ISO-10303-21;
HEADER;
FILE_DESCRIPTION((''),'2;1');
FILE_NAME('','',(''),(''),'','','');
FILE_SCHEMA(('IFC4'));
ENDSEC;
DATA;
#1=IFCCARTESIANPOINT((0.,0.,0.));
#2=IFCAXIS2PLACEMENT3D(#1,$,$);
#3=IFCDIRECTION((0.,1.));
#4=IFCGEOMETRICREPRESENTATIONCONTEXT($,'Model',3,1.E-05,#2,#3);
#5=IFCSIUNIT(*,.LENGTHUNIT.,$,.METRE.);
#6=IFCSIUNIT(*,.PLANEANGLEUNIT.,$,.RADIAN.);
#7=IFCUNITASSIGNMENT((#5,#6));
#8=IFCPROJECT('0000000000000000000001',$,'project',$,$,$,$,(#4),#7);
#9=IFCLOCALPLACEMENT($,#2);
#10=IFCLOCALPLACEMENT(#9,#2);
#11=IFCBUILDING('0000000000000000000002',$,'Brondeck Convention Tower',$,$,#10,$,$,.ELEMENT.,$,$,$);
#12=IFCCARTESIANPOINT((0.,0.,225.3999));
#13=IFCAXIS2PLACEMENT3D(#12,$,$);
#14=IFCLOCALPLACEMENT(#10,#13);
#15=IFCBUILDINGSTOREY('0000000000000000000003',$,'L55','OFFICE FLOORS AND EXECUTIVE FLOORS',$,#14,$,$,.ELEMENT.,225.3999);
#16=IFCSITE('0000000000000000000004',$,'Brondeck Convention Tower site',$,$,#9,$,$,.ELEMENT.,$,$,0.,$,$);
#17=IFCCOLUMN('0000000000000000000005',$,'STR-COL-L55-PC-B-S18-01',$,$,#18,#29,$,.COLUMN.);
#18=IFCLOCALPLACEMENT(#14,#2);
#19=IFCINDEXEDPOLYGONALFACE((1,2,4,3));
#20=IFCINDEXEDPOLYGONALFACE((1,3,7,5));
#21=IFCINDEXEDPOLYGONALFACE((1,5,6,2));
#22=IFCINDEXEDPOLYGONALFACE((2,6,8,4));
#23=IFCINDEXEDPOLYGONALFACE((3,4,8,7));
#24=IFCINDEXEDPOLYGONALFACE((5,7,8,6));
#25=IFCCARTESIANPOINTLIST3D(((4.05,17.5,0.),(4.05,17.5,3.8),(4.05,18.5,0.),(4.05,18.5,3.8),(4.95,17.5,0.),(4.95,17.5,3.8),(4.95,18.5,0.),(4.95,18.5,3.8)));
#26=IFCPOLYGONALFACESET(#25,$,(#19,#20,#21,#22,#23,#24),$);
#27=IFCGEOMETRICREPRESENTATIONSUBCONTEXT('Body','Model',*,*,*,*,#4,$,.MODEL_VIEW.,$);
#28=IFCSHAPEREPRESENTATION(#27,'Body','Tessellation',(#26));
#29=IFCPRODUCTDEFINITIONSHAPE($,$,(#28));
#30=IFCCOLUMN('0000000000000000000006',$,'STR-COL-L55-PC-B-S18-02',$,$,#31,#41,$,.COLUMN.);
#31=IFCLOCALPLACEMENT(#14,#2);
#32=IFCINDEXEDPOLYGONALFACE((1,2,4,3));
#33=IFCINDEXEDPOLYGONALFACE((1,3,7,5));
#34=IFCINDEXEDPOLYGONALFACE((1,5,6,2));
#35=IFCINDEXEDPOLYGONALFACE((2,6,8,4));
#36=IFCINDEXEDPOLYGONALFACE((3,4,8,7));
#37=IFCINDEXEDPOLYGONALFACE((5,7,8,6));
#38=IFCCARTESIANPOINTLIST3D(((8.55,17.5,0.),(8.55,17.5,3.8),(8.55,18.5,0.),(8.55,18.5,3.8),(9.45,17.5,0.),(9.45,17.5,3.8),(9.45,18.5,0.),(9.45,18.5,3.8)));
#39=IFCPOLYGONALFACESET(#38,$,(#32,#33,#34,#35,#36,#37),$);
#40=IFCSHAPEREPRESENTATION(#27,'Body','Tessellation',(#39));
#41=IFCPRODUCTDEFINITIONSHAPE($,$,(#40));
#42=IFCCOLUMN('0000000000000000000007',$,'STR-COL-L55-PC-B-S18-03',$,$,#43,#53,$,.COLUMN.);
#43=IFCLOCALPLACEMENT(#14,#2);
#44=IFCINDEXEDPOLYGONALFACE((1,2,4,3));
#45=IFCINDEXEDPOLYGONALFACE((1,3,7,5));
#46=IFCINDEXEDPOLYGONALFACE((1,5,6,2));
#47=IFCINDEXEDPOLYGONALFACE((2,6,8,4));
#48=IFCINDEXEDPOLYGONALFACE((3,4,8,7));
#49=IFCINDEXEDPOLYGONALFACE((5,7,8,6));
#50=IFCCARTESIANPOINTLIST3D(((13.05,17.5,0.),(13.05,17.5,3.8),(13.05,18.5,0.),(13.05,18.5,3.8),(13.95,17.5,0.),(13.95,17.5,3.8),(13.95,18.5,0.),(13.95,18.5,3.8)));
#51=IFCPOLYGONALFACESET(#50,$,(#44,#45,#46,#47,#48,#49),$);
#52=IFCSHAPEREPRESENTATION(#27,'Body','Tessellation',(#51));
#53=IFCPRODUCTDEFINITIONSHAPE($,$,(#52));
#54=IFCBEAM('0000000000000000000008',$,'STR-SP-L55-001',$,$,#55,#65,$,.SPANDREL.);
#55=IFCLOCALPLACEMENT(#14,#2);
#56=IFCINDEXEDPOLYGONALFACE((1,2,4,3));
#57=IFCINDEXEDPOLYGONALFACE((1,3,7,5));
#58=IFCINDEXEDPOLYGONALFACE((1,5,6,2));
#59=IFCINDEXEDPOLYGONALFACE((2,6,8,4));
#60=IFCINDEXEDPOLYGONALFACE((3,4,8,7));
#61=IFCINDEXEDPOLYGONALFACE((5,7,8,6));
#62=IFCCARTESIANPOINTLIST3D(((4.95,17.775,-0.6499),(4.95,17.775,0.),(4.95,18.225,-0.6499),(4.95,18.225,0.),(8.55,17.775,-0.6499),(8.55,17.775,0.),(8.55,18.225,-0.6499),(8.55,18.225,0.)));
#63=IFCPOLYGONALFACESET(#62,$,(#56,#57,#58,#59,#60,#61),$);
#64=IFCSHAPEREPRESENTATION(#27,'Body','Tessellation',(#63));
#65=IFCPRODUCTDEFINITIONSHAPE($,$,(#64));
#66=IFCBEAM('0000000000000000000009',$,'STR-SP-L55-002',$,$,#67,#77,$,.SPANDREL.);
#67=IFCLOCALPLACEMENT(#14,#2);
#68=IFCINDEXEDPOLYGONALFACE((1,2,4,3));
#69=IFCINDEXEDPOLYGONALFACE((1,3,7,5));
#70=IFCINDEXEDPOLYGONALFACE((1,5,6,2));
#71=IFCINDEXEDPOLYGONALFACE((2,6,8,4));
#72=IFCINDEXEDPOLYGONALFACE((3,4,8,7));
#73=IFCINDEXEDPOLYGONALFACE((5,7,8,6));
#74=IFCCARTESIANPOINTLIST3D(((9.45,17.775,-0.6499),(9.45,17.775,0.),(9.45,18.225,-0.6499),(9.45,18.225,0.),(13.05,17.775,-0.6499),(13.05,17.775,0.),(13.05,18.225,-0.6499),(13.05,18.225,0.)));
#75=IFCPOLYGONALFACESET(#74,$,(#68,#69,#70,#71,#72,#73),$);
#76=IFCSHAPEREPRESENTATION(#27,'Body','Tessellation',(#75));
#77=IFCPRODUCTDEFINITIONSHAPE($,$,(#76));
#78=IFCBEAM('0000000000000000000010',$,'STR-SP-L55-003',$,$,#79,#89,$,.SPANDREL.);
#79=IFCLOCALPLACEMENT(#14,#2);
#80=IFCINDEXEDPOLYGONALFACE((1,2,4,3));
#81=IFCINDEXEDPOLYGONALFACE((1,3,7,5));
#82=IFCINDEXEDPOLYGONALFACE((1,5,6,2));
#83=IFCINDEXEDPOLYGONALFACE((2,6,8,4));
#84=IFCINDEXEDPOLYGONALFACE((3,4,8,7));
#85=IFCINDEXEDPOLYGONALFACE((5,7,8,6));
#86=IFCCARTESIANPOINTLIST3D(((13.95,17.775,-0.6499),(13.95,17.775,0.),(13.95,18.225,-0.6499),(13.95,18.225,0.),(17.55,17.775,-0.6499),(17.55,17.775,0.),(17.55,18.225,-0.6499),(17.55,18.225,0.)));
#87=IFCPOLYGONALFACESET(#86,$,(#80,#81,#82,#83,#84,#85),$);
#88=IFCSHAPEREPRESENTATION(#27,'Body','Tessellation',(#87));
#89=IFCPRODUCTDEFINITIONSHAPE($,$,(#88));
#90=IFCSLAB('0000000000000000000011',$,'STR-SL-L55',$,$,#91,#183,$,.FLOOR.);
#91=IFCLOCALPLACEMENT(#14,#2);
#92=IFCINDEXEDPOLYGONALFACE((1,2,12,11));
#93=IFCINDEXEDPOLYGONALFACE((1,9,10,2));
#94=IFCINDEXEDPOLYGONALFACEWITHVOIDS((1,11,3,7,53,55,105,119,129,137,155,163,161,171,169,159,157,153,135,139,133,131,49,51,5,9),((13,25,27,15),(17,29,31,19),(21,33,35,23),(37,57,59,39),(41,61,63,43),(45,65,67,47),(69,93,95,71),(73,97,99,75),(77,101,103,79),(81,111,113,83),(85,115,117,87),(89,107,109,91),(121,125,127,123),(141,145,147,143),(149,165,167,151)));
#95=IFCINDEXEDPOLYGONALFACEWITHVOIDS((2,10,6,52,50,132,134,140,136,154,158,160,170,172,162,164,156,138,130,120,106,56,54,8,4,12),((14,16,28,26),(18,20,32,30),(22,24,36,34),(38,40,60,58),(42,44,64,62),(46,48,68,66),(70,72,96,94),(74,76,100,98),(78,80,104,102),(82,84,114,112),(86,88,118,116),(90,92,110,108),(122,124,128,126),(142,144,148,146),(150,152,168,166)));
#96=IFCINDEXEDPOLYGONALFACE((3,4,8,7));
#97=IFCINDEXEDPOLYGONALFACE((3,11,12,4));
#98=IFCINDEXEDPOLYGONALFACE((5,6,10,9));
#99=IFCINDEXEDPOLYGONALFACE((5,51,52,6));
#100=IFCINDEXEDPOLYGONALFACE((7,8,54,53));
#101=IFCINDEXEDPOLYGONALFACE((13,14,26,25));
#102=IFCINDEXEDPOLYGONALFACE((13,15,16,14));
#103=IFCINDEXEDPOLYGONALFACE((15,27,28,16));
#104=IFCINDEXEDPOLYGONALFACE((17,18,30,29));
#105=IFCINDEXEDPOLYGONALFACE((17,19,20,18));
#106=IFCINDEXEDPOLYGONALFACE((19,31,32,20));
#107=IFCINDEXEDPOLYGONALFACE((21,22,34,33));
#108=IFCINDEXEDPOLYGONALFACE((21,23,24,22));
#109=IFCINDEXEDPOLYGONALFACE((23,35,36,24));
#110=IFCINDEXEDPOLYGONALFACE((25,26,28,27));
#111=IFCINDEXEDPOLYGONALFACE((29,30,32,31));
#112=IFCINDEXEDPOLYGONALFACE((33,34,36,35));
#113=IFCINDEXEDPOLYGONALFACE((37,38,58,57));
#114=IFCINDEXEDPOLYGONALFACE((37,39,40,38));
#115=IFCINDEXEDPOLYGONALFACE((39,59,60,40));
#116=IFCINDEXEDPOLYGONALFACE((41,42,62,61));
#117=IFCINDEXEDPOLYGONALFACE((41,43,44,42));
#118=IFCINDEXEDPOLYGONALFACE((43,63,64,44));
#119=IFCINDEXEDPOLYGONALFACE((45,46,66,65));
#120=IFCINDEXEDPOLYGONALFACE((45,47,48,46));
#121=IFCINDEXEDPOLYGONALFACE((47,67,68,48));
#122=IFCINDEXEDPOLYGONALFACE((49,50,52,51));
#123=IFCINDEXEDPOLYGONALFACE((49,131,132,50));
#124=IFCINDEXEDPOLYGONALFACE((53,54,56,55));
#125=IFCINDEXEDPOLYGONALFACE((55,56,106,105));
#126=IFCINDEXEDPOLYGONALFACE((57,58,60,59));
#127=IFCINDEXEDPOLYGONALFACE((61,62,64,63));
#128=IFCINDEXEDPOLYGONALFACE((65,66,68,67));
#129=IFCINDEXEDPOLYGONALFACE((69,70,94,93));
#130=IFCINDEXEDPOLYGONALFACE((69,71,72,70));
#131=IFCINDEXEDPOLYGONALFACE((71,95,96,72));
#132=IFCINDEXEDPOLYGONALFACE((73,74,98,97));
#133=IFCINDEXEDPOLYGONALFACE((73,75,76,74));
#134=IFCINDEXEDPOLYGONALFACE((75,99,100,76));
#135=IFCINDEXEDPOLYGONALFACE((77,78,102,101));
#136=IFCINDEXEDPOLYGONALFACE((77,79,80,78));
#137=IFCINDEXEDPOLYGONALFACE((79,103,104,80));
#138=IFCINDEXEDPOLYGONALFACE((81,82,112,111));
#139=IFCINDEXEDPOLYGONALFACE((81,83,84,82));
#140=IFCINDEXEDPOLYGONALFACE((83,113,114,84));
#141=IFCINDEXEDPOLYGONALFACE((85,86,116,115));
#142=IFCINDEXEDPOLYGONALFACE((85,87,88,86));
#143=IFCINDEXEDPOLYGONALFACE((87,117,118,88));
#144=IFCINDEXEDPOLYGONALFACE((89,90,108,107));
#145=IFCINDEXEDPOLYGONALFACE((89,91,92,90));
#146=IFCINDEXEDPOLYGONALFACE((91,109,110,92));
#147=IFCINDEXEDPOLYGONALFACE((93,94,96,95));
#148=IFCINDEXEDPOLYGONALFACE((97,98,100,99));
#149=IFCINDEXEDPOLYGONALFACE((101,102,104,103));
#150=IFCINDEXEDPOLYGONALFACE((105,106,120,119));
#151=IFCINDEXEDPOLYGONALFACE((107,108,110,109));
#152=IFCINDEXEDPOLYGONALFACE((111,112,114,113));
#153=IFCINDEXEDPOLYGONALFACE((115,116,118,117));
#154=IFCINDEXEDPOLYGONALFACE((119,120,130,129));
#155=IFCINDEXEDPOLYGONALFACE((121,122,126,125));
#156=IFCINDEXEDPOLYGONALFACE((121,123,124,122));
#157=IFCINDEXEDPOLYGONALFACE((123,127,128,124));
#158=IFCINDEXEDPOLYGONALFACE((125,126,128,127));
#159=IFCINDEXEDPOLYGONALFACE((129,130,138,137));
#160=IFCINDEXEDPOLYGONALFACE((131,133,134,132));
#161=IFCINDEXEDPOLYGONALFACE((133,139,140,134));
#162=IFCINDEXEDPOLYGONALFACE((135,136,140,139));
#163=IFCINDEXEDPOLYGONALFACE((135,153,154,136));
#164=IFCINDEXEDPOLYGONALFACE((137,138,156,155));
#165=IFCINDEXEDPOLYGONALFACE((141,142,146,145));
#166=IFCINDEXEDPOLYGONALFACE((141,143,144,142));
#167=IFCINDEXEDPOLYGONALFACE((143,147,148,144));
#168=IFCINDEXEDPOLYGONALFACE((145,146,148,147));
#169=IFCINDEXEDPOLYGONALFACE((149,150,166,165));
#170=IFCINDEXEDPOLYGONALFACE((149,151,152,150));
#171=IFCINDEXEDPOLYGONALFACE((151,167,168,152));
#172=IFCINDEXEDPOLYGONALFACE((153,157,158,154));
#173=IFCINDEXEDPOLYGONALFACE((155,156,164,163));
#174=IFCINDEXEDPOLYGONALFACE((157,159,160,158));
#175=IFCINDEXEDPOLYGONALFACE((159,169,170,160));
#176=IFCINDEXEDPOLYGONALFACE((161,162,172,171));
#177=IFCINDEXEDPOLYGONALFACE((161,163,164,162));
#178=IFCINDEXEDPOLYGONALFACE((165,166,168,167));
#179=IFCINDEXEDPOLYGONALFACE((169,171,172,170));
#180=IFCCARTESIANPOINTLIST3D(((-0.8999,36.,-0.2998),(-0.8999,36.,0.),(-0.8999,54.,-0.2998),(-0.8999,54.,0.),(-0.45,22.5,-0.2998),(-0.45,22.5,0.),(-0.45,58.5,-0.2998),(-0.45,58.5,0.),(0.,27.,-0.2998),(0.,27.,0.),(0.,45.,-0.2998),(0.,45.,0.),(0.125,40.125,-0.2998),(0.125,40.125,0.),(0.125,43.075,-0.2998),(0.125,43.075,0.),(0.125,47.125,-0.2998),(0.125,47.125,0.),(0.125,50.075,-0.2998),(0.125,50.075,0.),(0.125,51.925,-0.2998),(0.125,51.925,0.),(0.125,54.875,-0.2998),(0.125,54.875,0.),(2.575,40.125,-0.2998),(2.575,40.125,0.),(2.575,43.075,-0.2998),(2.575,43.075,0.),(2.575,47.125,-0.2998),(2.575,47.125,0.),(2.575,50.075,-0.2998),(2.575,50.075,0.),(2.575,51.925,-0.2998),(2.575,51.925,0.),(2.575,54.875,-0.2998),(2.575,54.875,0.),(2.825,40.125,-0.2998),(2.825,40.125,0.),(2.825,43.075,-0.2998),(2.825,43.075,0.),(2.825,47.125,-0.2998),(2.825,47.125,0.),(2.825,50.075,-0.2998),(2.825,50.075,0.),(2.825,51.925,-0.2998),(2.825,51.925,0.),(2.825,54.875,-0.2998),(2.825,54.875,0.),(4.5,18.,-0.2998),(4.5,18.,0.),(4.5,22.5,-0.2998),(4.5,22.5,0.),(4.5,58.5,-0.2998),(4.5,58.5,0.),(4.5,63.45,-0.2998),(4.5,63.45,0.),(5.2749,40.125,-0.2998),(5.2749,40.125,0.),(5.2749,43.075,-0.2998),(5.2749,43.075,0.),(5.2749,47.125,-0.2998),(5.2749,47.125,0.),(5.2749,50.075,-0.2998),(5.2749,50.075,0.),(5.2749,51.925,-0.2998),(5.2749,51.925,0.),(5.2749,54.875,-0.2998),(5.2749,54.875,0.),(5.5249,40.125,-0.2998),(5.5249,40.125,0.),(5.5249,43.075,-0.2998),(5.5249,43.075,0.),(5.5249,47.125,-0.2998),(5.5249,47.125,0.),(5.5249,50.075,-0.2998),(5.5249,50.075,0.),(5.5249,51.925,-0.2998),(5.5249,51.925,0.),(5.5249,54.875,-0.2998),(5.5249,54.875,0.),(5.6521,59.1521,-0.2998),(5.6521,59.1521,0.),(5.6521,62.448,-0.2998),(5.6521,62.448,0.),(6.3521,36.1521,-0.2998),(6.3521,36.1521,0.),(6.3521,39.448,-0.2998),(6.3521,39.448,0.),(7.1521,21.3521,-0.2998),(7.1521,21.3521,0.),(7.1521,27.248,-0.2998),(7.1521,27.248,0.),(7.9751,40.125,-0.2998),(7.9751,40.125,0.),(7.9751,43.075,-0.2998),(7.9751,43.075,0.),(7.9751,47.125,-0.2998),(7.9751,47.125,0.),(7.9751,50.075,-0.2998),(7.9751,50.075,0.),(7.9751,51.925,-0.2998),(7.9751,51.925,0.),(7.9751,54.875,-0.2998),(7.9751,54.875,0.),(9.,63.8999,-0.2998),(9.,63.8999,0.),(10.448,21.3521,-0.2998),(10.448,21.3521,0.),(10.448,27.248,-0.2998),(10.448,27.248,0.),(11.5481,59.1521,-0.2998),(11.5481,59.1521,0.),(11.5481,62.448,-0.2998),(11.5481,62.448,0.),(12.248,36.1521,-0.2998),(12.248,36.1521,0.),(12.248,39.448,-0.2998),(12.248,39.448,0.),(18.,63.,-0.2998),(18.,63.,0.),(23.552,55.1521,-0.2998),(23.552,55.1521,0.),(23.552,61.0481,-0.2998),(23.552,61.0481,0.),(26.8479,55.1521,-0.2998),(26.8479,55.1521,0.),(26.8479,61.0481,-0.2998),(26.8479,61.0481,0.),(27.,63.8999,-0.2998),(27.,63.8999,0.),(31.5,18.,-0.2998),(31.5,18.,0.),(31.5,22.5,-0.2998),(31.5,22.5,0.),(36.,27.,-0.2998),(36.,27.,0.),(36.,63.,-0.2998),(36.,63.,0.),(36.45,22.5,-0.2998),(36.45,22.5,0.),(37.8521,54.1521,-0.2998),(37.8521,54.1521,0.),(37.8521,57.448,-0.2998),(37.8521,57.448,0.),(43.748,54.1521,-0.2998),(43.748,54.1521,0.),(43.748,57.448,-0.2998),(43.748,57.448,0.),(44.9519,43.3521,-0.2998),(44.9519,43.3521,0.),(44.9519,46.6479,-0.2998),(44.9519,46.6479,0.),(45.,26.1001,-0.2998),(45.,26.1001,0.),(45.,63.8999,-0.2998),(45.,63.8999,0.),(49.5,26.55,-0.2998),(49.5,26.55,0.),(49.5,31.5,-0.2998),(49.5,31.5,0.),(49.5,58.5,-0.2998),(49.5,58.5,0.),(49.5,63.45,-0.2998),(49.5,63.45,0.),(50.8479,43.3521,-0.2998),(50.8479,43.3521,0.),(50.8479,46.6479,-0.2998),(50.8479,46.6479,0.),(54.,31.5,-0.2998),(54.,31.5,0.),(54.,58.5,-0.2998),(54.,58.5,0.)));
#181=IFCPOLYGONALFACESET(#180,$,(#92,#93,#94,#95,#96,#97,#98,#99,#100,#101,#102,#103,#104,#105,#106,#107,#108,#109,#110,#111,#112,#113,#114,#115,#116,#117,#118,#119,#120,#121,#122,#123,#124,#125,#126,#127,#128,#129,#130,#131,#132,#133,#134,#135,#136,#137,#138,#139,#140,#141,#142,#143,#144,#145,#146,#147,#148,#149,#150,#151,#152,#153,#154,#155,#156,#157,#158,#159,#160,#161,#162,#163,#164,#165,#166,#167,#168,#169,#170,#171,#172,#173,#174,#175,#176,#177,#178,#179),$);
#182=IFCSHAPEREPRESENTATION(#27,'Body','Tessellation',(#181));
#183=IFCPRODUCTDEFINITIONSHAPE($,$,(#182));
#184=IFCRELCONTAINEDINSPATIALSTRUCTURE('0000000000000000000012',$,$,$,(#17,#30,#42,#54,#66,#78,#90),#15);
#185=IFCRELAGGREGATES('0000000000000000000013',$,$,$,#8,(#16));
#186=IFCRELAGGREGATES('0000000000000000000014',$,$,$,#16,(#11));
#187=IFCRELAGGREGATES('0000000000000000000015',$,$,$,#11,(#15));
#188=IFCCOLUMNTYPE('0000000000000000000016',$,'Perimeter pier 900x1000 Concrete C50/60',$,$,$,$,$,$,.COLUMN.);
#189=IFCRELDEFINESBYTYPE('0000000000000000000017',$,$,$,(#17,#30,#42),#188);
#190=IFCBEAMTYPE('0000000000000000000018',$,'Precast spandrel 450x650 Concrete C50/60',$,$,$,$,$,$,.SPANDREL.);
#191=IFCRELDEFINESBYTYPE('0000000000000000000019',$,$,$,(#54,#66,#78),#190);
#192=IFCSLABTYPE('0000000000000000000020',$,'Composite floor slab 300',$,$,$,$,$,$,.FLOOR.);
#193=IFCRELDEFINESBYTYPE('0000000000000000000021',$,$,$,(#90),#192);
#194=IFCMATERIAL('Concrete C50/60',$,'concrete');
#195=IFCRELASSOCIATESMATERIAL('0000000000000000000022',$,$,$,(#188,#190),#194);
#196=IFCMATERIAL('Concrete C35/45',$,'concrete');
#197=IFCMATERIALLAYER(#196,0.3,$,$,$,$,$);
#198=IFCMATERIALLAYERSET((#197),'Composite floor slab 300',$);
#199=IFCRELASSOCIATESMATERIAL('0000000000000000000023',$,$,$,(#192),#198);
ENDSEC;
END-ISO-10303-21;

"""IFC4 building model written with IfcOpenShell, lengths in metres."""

from ifc_helpers import new_model, si_unit, direction, frame, origin, origin_2d, place, context, subcontext, project, spatial, polyline, rectangle, outline, extrude, material, layer, layer_set, material_profile, profile_set, type_object, element, save


model = new_model("IFC4")

# Units and contexts
model_context = context("Model", 3, precision=1e-05, world=origin(), true_north=direction((0.0, 1.0)))
body_context = subcontext(model_context, "Body", "Model", "MODEL_VIEW")
ifc_project = project(units=[si_unit("LENGTHUNIT", "METRE"), si_unit("PLANEANGLEUNIT", "RADIAN")], contexts=[model_context])

# Site, building, storey
site_placement = place(None, origin())
site = spatial("IfcSite", under=ifc_project, at=site_placement, Name="Brondeck Convention Tower site", CompositionType="ELEMENT", RefElevation=0.0)
building_placement = place(site_placement, origin())
building = spatial("IfcBuilding", under=site, at=building_placement, Name="Brondeck Convention Tower", CompositionType="ELEMENT")
storey_placement = place(building_placement, frame((0.0, 0.0, 225.3999)))
storey = spatial("IfcBuildingStorey", under=building, at=storey_placement, Name="L55", Description="OFFICE FLOORS AND EXECUTIVE FLOORS", CompositionType="ELEMENT", Elevation=225.3999)

# Columns
ifc_material_1 = material(Name="Concrete C50/60", Category="concrete")
ifc_material_profile_1 = material_profile(ifc_material_1, rectangle(XDim=0.8999, YDim=1.0, at=origin_2d()), Name="Perimeter pier 900x1000 Concrete C50/60")
ifc_profile_set_1 = profile_set([ifc_material_profile_1], Name="Concrete C50/60")
column_type = type_object("IfcColumnType", Name="Perimeter pier 900x1000 Concrete C50/60", PredefinedType="COLUMN", material=ifc_profile_set_1)
for number, where, z_axis, x_axis, name in (
    (1, (4.5, 18.0, 0.0), (0.0, 0.0, 1.0), (1.0, 0.0, 0.0), "STR-COL-L55-PC-B-S18-01"),
    (2, (9.0, 18.0, 0.0), (0.0, 0.0, 1.0), (1.0, 0.0, 0.0), "STR-COL-L55-PC-B-S18-02"),
    (3, (13.5, 18.0, 0.0), (0.0, 0.0, 1.0), (1.0, 0.0, 0.0), "STR-COL-L55-PC-B-S18-03"),
):
    element("IfcColumn", number, at=place(storey_placement, frame(where, z_axis=z_axis, x_axis=x_axis)), inside=storey, type_object=column_type, Name=name, PredefinedType="COLUMN", context=body_context, shape_type="SweptSolid", body=[
        extrude(rectangle(XDim=0.8999, YDim=1.0, at=origin_2d()), origin(), (0.0, 0.0, 1.0), 3.8),
    ])

# Beams
ifc_material_profile_2 = material_profile(ifc_material_1, rectangle(XDim=0.45, YDim=0.6499, at=origin_2d()), Name="Precast spandrel 450x650 Concrete C50/60")
ifc_profile_set_2 = profile_set([ifc_material_profile_2], Name="Concrete C50/60")
beam_type = type_object("IfcBeamType", Name="Precast spandrel 450x650 Concrete C50/60", PredefinedType="SPANDREL", material=ifc_profile_set_2)
for number, where, z_axis, x_axis, name in (
    (4, (4.95, 18.0, -0.325), (1.0, 0.0, 0.0), (0.0, 1.0, 0.0), "STR-SP-L55-001"),
    (5, (9.45, 18.0, -0.325), (1.0, 0.0, 0.0), (0.0, 1.0, 0.0), "STR-SP-L55-002"),
    (6, (13.95, 18.0, -0.325), (1.0, 0.0, 0.0), (0.0, 1.0, 0.0), "STR-SP-L55-003"),
):
    element("IfcBeam", number, at=place(storey_placement, frame(where, z_axis=z_axis, x_axis=x_axis)), inside=storey, type_object=beam_type, Name=name, PredefinedType="SPANDREL", context=body_context, shape_type="SweptSolid", body=[
        extrude(rectangle(XDim=0.45, YDim=0.6499, at=origin_2d()), origin(), (0.0, 0.0, 1.0), 3.6001),
    ])

# Slab
ifc_material_2 = material(Name="Concrete C35/45", Category="concrete")
ifc_layer_1 = layer(ifc_material_2, 0.3)
ifc_layer_set_1 = layer_set([ifc_layer_1], Name="Composite floor slab 300")
slab_type_1 = type_object("IfcSlabType", Name="Composite floor slab 300", PredefinedType="FLOOR", material=ifc_layer_set_1)
slab_1_placement = place(storey_placement, frame((0.0, 0.0, -0.2998)))
element("IfcSlab", 7, at=slab_1_placement, inside=storey, type_object=slab_type_1, Name="STR-SL-L55", PredefinedType="FLOOR", context=body_context, shape_type="SweptSolid", body=[
    extrude(outline(polyline([(4.5, 22.5), (-0.45, 22.5), (0.0, 27.0), (-0.8999, 36.0), (0.0, 45.0), (-0.8999, 54.0), (-0.45, 58.5), (4.5, 58.5), (4.5, 63.45), (9.0, 63.8999), (18.0, 63.0), (27.0, 63.8999), (36.0, 63.0), (45.0, 63.8999), (49.5, 63.45), (49.5, 58.5), (54.0, 58.5), (54.0, 31.5), (49.5, 31.5), (49.5, 26.55), (45.0, 26.1001), (36.0, 27.0), (36.45, 22.5), (31.5, 22.5), (31.5, 18.0), (4.5, 18.0), (4.5, 22.5)]), holes=[polyline([(2.575, 43.075), (0.125, 43.075), (0.125, 40.125), (2.575, 40.125), (2.575, 43.075)]), polyline([(5.2749, 40.125), (5.2749, 43.075), (2.825, 43.075), (2.825, 40.125), (5.2749, 40.125)]), polyline([(7.9751, 40.125), (7.9751, 43.075), (5.5249, 43.075), (5.5249, 40.125), (7.9751, 40.125)]), polyline([(2.575, 47.125), (2.575, 50.075), (0.125, 50.075), (0.125, 47.125), (2.575, 47.125)]), polyline([(5.2749, 47.125), (5.2749, 50.075), (2.825, 50.075), (2.825, 47.125), (5.2749, 47.125)]), polyline([(7.9751, 47.125), (7.9751, 50.075), (5.5249, 50.075), (5.5249, 47.125), (7.9751, 47.125)]), polyline([(2.575, 51.925), (2.575, 54.875), (0.125, 54.875), (0.125, 51.925), (2.575, 51.925)]), polyline([(5.2749, 51.925), (5.2749, 54.875), (2.825, 54.875), (2.825, 51.925), (5.2749, 51.925)]), polyline([(10.448, 27.248), (7.1521, 27.248), (7.1521, 21.3521), (10.448, 21.3521), (10.448, 27.248)]), polyline([(12.248, 36.1521), (12.248, 39.448), (6.3521, 39.448), (6.3521, 36.1521), (12.248, 36.1521)]), polyline([(50.8479, 43.3521), (50.8479, 46.6479), (44.9519, 46.6479), (44.9519, 43.3521), (50.8479, 43.3521)]), polyline([(7.9751, 51.925), (7.9751, 54.875), (5.5249, 54.875), (5.5249, 51.925), (7.9751, 51.925)]), polyline([(43.748, 54.1521), (43.748, 57.448), (37.8521, 57.448), (37.8521, 54.1521), (43.748, 54.1521)]), polyline([(23.552, 55.1521), (26.8479, 55.1521), (26.8479, 61.0481), (23.552, 61.0481), (23.552, 55.1521)]), polyline([(5.6521, 62.448), (5.6521, 59.1521), (11.5481, 59.1521), (11.5481, 62.448), (5.6521, 62.448)])]), origin(), (0.0, 0.0, 1.0), 0.2998),
])

save(model, "model.ifc")
